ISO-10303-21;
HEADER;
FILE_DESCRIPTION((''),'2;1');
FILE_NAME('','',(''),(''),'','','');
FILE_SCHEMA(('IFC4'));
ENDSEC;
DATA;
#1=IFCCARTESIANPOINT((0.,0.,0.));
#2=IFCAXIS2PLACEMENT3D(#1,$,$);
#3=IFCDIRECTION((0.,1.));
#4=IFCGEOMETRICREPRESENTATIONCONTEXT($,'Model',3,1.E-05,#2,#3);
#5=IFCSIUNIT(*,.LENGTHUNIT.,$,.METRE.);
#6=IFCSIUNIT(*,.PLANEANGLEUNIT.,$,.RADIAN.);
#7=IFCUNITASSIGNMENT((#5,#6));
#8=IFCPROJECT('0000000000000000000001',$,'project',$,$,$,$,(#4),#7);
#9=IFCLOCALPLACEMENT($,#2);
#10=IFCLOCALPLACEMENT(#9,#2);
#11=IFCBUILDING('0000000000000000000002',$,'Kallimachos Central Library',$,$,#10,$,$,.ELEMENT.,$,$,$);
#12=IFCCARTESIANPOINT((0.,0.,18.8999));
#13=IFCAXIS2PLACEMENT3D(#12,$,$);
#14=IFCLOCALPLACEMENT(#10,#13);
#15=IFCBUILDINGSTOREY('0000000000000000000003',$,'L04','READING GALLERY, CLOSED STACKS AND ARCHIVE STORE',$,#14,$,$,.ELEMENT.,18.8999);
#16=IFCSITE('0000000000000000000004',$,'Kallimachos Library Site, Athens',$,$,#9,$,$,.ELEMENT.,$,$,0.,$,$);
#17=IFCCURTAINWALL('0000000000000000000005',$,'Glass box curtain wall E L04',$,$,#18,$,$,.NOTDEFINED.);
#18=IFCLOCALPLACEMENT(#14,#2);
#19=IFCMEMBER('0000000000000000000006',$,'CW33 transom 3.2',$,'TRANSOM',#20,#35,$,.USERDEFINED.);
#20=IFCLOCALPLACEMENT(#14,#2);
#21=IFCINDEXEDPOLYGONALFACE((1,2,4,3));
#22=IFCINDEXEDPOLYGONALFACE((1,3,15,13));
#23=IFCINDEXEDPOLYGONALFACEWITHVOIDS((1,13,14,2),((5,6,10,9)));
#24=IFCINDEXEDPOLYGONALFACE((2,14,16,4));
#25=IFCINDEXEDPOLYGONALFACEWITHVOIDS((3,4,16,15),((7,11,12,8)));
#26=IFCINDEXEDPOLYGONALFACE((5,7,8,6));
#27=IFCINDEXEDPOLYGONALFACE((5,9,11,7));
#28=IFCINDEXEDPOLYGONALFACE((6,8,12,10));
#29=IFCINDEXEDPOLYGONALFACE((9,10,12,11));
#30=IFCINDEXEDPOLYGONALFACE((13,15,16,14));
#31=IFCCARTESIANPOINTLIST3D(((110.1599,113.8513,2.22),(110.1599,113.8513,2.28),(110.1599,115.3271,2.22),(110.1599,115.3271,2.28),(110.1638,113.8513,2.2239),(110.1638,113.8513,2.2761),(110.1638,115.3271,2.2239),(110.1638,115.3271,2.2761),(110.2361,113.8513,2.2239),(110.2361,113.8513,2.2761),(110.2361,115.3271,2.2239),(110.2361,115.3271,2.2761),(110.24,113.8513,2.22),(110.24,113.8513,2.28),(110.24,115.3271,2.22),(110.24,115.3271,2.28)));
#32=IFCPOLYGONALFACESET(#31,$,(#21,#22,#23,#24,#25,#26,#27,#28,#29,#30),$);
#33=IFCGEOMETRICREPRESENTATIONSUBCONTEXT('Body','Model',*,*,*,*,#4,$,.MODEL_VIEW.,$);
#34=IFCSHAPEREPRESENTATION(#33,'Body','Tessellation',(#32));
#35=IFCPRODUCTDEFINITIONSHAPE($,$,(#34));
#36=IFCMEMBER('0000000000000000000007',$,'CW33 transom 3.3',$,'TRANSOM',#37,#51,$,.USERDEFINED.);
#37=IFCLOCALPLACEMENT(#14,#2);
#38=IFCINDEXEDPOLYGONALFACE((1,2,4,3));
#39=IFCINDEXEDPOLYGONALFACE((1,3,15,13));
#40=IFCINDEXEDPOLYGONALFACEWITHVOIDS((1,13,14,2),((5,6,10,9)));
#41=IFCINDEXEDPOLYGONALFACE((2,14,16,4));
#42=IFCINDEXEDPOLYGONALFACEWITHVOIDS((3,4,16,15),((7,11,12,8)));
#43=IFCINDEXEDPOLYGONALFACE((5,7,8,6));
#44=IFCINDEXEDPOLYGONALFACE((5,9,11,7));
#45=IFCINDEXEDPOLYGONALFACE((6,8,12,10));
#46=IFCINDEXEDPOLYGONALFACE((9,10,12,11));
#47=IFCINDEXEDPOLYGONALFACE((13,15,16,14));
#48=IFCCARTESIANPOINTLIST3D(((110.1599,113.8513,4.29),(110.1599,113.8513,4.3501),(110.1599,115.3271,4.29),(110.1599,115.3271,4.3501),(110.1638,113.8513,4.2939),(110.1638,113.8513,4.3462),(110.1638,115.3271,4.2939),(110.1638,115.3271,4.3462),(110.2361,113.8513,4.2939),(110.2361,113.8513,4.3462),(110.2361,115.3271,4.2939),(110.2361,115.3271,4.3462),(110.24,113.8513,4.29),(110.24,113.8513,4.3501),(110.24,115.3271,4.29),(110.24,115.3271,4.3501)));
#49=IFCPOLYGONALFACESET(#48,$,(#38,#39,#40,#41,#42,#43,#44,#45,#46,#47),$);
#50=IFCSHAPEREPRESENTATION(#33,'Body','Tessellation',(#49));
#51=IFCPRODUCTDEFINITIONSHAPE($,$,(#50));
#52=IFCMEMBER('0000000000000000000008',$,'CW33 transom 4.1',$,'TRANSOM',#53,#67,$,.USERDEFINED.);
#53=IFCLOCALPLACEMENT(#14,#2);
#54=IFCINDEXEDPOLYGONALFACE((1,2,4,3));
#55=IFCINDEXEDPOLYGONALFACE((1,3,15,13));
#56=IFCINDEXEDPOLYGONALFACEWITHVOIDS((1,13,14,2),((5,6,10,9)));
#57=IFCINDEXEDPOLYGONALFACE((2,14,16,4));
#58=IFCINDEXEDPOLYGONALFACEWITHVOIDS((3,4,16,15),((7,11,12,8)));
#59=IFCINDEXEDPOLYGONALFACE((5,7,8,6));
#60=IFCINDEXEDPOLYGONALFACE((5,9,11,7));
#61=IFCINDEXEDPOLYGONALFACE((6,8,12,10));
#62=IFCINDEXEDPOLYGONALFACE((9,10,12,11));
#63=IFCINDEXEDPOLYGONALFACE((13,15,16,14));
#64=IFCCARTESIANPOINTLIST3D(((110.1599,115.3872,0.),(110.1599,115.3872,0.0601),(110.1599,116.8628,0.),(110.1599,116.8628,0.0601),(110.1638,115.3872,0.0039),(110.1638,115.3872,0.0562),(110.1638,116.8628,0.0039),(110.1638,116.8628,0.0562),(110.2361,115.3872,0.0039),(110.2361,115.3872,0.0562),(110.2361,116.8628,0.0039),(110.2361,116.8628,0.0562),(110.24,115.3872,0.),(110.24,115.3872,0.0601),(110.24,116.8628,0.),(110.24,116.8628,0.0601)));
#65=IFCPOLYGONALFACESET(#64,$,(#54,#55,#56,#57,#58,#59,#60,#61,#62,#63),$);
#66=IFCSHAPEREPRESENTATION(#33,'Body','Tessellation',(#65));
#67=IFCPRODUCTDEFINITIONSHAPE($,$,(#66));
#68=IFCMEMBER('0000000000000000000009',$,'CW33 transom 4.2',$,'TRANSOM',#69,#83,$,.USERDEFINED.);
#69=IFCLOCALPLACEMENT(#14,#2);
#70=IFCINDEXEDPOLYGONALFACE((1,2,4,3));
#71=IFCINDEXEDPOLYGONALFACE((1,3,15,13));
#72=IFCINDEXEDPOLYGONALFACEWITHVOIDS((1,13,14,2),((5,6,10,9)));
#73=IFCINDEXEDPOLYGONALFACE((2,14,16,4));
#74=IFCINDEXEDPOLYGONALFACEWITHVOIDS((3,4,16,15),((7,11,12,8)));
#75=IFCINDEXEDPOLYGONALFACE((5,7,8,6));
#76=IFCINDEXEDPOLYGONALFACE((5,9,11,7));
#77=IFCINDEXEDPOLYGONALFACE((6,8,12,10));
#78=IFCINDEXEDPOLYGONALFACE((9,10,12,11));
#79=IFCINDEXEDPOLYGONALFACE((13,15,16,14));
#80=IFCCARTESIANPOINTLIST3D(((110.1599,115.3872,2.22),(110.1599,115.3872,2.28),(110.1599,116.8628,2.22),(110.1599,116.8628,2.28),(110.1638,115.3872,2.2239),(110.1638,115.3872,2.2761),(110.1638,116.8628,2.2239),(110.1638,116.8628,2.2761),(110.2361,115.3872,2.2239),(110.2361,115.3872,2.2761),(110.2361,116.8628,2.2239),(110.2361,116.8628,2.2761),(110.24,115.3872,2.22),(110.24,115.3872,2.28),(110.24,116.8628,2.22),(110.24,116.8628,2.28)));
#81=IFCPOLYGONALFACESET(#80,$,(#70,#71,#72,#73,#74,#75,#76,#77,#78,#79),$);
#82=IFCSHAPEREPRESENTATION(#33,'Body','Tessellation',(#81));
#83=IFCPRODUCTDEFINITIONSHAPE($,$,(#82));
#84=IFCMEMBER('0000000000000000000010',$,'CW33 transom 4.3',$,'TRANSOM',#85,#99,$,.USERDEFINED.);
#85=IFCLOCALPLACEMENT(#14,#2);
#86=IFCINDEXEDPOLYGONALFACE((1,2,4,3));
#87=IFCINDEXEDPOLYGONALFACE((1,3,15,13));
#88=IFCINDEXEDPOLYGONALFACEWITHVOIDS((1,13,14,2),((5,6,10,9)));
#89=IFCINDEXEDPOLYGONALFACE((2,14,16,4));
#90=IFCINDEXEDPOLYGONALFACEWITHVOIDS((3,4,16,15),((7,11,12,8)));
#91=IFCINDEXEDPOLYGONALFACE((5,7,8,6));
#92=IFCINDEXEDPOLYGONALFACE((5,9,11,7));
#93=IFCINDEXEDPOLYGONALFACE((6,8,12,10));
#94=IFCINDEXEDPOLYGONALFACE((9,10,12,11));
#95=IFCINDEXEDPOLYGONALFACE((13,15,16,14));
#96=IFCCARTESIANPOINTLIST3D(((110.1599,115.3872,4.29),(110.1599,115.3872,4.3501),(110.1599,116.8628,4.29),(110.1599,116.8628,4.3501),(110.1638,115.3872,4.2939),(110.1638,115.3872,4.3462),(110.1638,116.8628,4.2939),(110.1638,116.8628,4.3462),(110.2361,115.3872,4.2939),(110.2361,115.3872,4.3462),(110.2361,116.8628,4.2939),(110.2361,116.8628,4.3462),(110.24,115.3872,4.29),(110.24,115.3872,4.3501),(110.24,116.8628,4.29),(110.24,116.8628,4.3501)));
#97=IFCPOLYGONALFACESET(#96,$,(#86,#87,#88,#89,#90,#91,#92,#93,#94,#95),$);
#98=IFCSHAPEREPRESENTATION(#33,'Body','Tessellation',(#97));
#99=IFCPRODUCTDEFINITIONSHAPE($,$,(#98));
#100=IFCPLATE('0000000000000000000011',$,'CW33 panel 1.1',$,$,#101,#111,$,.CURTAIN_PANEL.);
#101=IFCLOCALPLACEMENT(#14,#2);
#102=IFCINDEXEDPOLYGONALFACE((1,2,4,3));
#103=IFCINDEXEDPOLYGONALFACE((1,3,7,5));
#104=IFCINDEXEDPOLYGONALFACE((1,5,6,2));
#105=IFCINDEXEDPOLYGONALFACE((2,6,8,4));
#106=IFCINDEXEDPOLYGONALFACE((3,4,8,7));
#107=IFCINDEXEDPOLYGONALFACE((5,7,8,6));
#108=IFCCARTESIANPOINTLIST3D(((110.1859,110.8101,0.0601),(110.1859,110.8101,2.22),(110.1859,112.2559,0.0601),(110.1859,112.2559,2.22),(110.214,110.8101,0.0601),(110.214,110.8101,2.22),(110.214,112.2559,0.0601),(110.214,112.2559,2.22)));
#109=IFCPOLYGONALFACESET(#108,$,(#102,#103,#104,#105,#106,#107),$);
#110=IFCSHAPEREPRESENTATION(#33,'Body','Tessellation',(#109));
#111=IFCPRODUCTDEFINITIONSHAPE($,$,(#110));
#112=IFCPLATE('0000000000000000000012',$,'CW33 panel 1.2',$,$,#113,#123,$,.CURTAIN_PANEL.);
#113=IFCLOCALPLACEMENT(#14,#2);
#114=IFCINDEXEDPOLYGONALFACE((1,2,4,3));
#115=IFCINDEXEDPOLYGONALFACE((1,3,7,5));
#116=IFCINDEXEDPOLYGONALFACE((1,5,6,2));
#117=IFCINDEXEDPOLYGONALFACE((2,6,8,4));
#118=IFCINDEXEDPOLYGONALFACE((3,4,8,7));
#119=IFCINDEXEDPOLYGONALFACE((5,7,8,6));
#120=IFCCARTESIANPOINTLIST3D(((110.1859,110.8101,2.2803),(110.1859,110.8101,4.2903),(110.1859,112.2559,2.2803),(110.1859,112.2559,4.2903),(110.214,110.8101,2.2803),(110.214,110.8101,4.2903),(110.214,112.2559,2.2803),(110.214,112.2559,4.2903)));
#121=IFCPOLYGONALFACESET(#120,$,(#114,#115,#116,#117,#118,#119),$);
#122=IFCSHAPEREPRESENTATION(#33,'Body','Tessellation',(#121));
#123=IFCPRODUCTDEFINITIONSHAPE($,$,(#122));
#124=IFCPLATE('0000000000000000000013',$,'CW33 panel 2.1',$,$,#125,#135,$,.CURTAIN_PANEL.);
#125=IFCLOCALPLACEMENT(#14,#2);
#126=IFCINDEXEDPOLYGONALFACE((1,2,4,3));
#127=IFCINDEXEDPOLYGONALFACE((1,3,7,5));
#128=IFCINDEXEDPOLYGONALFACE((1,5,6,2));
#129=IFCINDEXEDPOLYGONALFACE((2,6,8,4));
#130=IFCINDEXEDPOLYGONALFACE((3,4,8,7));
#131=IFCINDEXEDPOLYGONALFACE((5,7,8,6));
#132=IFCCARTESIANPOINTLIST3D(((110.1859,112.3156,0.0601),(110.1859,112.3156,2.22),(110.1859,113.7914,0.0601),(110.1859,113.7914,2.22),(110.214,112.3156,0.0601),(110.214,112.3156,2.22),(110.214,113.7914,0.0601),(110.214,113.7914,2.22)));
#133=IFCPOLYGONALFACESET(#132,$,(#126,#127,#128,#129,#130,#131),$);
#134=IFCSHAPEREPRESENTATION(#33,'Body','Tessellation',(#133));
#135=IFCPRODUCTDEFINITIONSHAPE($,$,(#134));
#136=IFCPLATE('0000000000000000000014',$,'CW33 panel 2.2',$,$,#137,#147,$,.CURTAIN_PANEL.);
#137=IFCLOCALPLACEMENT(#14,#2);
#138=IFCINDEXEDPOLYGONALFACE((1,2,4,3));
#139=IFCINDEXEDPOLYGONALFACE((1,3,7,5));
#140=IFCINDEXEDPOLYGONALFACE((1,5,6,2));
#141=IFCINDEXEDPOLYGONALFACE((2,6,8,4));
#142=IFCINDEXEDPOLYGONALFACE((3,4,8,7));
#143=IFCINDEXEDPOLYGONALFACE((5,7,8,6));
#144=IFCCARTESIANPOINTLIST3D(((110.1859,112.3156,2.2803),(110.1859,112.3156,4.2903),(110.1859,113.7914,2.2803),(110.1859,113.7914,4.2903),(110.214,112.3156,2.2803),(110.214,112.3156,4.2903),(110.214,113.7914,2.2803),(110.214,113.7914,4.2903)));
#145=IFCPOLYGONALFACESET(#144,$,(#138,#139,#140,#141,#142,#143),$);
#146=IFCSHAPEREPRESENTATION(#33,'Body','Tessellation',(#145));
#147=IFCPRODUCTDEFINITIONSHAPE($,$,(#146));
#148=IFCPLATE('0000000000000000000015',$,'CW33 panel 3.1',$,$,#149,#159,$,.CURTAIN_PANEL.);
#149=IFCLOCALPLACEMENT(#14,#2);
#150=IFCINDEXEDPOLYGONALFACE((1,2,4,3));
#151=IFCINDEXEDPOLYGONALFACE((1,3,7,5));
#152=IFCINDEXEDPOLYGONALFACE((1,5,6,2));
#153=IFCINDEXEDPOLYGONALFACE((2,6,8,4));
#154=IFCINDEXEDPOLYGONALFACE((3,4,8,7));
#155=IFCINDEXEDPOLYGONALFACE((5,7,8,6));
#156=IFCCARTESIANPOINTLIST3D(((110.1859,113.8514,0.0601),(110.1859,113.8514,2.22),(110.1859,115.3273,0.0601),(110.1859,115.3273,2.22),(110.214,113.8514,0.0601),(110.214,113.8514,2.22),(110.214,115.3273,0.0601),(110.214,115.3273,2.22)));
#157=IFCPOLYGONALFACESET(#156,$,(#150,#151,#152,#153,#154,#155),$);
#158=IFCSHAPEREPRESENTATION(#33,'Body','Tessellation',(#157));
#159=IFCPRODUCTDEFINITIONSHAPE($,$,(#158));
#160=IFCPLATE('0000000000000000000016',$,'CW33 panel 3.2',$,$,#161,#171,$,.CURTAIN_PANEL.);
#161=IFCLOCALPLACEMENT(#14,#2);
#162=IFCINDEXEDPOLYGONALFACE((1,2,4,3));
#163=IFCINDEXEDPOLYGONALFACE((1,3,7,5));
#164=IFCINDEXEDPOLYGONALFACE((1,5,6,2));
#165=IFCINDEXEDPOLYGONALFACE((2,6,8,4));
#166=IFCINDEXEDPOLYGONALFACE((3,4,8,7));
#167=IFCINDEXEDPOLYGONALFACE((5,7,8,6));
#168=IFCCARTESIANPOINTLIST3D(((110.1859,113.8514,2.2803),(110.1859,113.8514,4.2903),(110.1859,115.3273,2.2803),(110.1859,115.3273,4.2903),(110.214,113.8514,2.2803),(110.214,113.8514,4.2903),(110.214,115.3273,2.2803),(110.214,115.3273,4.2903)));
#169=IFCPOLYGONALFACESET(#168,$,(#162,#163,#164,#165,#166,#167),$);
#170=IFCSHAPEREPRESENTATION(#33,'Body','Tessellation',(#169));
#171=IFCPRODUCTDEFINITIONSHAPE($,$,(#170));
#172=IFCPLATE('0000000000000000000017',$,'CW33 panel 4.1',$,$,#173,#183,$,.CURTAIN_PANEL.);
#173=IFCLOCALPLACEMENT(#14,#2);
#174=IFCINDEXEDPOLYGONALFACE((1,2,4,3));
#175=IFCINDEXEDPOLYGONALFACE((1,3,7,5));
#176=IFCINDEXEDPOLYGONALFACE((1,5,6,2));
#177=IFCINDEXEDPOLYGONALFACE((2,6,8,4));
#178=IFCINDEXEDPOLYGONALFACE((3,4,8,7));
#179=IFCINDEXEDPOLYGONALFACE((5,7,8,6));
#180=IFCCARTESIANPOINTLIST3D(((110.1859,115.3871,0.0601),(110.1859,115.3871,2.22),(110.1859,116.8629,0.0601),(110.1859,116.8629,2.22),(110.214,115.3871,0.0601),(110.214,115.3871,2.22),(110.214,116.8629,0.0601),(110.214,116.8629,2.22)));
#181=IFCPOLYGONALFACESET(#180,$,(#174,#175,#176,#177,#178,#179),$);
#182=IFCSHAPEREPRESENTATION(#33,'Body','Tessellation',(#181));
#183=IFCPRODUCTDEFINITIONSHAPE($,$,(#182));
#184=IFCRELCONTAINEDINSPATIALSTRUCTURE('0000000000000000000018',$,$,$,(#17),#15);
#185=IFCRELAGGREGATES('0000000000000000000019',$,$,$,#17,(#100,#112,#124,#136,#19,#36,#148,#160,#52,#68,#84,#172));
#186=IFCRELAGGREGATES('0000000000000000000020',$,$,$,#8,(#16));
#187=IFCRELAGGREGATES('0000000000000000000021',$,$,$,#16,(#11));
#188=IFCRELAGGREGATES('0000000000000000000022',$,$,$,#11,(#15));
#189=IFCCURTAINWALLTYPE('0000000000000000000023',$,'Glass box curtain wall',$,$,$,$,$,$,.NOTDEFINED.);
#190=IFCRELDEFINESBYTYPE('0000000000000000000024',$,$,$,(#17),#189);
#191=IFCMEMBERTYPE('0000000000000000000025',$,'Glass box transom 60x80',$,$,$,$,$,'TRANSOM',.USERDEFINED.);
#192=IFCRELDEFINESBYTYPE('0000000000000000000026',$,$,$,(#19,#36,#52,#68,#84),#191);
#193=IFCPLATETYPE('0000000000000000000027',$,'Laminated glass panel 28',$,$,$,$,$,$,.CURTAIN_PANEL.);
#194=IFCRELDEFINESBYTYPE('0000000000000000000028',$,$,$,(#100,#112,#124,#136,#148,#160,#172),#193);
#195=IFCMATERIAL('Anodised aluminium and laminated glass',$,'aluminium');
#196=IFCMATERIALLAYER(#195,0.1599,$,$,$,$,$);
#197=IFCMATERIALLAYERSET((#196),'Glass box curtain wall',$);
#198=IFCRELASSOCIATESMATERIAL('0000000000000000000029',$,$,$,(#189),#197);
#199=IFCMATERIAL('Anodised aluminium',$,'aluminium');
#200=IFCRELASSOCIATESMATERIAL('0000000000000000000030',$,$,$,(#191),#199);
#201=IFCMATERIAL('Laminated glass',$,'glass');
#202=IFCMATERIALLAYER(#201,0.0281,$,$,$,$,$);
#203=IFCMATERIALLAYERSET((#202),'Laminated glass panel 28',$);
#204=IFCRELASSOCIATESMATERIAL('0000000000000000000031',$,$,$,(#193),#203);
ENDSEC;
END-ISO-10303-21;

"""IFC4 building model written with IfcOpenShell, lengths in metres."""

from ifc_helpers import new_model, si_unit, direction, frame, origin, origin_2d, place, context, subcontext, project, spatial, rectangle, hollow_rectangle, extrude, material, layer, layer_set, material_profile, profile_set, type_object, element, aggregate, save


model = new_model("IFC4")

# Units and contexts
model_context = context("Model", 3, precision=1e-05, world=origin(), true_north=direction((0.0, 1.0)))
body_context = subcontext(model_context, "Body", "Model", "MODEL_VIEW")
ifc_project = project(units=[si_unit("LENGTHUNIT", "METRE"), si_unit("PLANEANGLEUNIT", "RADIAN")], contexts=[model_context])

# Site, building, storey
site_placement = place(None, origin())
site = spatial("IfcSite", under=ifc_project, at=site_placement, Name="Kallimachos Library Site, Athens", CompositionType="ELEMENT", RefElevation=0.0)
building_placement = place(site_placement, origin())
building = spatial("IfcBuilding", under=site, at=building_placement, Name="Kallimachos Central Library", CompositionType="ELEMENT")
storey_placement = place(building_placement, frame((0.0, 0.0, 18.8999)))
storey = spatial("IfcBuildingStorey", under=building, at=storey_placement, Name="L04", Description="READING GALLERY, CLOSED STACKS AND ARCHIVE STORE", CompositionType="ELEMENT", Elevation=18.8999)

# Curtain wall, members, plates
ifc_material_1 = material(Name="Anodised aluminium and laminated glass", Category="aluminium")
ifc_layer_1 = layer(ifc_material_1, 0.1599)
ifc_layer_set_1 = layer_set([ifc_layer_1], Name="Glass box curtain wall")
curtain_wall_type = type_object("IfcCurtainWallType", Name="Glass box curtain wall", PredefinedType="NOTDEFINED", material=ifc_layer_set_1)
curtain_wall_placement = place(storey_placement, origin())
curtain_wall = element("IfcCurtainWall", 1, at=curtain_wall_placement, inside=storey, type_object=curtain_wall_type, Name="Glass box curtain wall E L04", PredefinedType="NOTDEFINED")
ifc_material_2 = material(Name="Anodised aluminium", Category="aluminium")
ifc_material_profile_1 = material_profile(ifc_material_2, hollow_rectangle(XDim=0.0601, YDim=0.0801, WallThickness=0.0039, at=origin_2d()), Name="ALU TRANSOM 60x80")
ifc_profile_set_1 = profile_set([ifc_material_profile_1], Name="Anodised aluminium")
member_type_1 = type_object("IfcMemberType", Name="Glass box transom 60x80", ElementType="TRANSOM", PredefinedType="USERDEFINED", material=ifc_profile_set_1)
member_1_placement = place(storey_placement, frame((110.2, 113.8513, 2.25), z_axis=(0.0, 1.0, 0.0), x_axis=(0.0, 0.0, 1.0)))
member_1 = element("IfcMember", 2, at=member_1_placement, type_object=member_type_1, Name="CW33 transom 3.2", ObjectType="TRANSOM", PredefinedType="USERDEFINED", context=body_context, shape_type="SweptSolid", body=[
    extrude(hollow_rectangle(XDim=0.0601, YDim=0.0801, WallThickness=0.0039, at=origin_2d()), origin(), (0.0, 0.0, 1.0), 1.4758),
])
member_2_placement = place(storey_placement, frame((110.2, 113.8513, 4.3201), z_axis=(0.0, 1.0, 0.0), x_axis=(0.0, 0.0, 1.0)))
member_2 = element("IfcMember", 3, at=member_2_placement, type_object=member_type_1, Name="CW33 transom 3.3", ObjectType="TRANSOM", PredefinedType="USERDEFINED", context=body_context, shape_type="SweptSolid", body=[
    extrude(hollow_rectangle(XDim=0.0601, YDim=0.0801, WallThickness=0.0039, at=origin_2d()), origin(), (0.0, 0.0, 1.0), 1.4758),
])
member_3_placement = place(storey_placement, frame((110.2, 115.3872, 0.03), z_axis=(0.0, 1.0, 0.0), x_axis=(0.0, 0.0, 1.0)))
member_3 = element("IfcMember", 4, at=member_3_placement, type_object=member_type_1, Name="CW33 transom 4.1", ObjectType="TRANSOM", PredefinedType="USERDEFINED", context=body_context, shape_type="SweptSolid", body=[
    extrude(hollow_rectangle(XDim=0.0601, YDim=0.0801, WallThickness=0.0039, at=origin_2d()), origin(), (0.0, 0.0, 1.0), 1.4756),
])
member_4_placement = place(storey_placement, frame((110.2, 115.3872, 2.25), z_axis=(0.0, 1.0, 0.0), x_axis=(0.0, 0.0, 1.0)))
member_4 = element("IfcMember", 5, at=member_4_placement, type_object=member_type_1, Name="CW33 transom 4.2", ObjectType="TRANSOM", PredefinedType="USERDEFINED", context=body_context, shape_type="SweptSolid", body=[
    extrude(hollow_rectangle(XDim=0.0601, YDim=0.0801, WallThickness=0.0039, at=origin_2d()), origin(), (0.0, 0.0, 1.0), 1.4756),
])
member_5_placement = place(storey_placement, frame((110.2, 115.3872, 4.3201), z_axis=(0.0, 1.0, 0.0), x_axis=(0.0, 0.0, 1.0)))
member_5 = element("IfcMember", 6, at=member_5_placement, type_object=member_type_1, Name="CW33 transom 4.3", ObjectType="TRANSOM", PredefinedType="USERDEFINED", context=body_context, shape_type="SweptSolid", body=[
    extrude(hollow_rectangle(XDim=0.0601, YDim=0.0801, WallThickness=0.0039, at=origin_2d()), origin(), (0.0, 0.0, 1.0), 1.4756),
])
ifc_material_3 = material(Name="Laminated glass", Category="glass")
ifc_layer_2 = layer(ifc_material_3, 0.0281)
ifc_layer_set_2 = layer_set([ifc_layer_2], Name="Laminated glass panel 28")
plate_type = type_object("IfcPlateType", Name="Laminated glass panel 28", PredefinedType="CURTAIN_PANEL", material=ifc_layer_set_2)
plate_1_placement = place(storey_placement, frame((110.2, 111.533, 0.0601), z_axis=(0.0, 0.0, 1.0), x_axis=(0.0, 1.0, 0.0)))
plate_1 = element("IfcPlate", 7, at=plate_1_placement, type_object=plate_type, Name="CW33 panel 1.1", PredefinedType="CURTAIN_PANEL", context=body_context, shape_type="SweptSolid", body=[
    extrude(rectangle(XDim=1.4458, YDim=0.0281, at=origin_2d()), origin(), (0.0, 0.0, 1.0), 2.1599),
])
plate_2_placement = place(storey_placement, frame((110.2, 111.533, 2.2803), z_axis=(0.0, 0.0, 1.0), x_axis=(0.0, 1.0, 0.0)))
plate_2 = element("IfcPlate", 8, at=plate_2_placement, type_object=plate_type, Name="CW33 panel 1.2", PredefinedType="CURTAIN_PANEL", context=body_context, shape_type="SweptSolid", body=[
    extrude(rectangle(XDim=1.4458, YDim=0.0281, at=origin_2d()), origin(), (0.0, 0.0, 1.0), 2.01),
])
plate_3_placement = place(storey_placement, frame((110.2, 113.0535, 0.0601), z_axis=(0.0, 0.0, 1.0), x_axis=(0.0, 1.0, 0.0)))
plate_3 = element("IfcPlate", 9, at=plate_3_placement, type_object=plate_type, Name="CW33 panel 2.1", PredefinedType="CURTAIN_PANEL", context=body_context, shape_type="SweptSolid", body=[
    extrude(rectangle(XDim=1.4758, YDim=0.0281, at=origin_2d()), origin(), (0.0, 0.0, 1.0), 2.1599),
])
plate_4_placement = place(storey_placement, frame((110.2, 113.0535, 2.2803), z_axis=(0.0, 0.0, 1.0), x_axis=(0.0, 1.0, 0.0)))
plate_4 = element("IfcPlate", 10, at=plate_4_placement, type_object=plate_type, Name="CW33 panel 2.2", PredefinedType="CURTAIN_PANEL", context=body_context, shape_type="SweptSolid", body=[
    extrude(rectangle(XDim=1.4758, YDim=0.0281, at=origin_2d()), origin(), (0.0, 0.0, 1.0), 2.01),
])
plate_5_placement = place(storey_placement, frame((110.2, 114.5894, 0.0601), z_axis=(0.0, 0.0, 1.0), x_axis=(0.0, 1.0, 0.0)))
plate_5 = element("IfcPlate", 11, at=plate_5_placement, type_object=plate_type, Name="CW33 panel 3.1", PredefinedType="CURTAIN_PANEL", context=body_context, shape_type="SweptSolid", body=[
    extrude(rectangle(XDim=1.4758, YDim=0.0281, at=origin_2d()), origin(), (0.0, 0.0, 1.0), 2.1599),
])
plate_6_placement = place(storey_placement, frame((110.2, 114.5894, 2.2803), z_axis=(0.0, 0.0, 1.0), x_axis=(0.0, 1.0, 0.0)))
plate_6 = element("IfcPlate", 12, at=plate_6_placement, type_object=plate_type, Name="CW33 panel 3.2", PredefinedType="CURTAIN_PANEL", context=body_context, shape_type="SweptSolid", body=[
    extrude(rectangle(XDim=1.4758, YDim=0.0281, at=origin_2d()), origin(), (0.0, 0.0, 1.0), 2.01),
])
plate_7_placement = place(storey_placement, frame((110.2, 116.125, 0.0601), z_axis=(0.0, 0.0, 1.0), x_axis=(0.0, 1.0, 0.0)))
plate_7 = element("IfcPlate", 13, at=plate_7_placement, type_object=plate_type, Name="CW33 panel 4.1", PredefinedType="CURTAIN_PANEL", context=body_context, shape_type="SweptSolid", body=[
    extrude(rectangle(XDim=1.4758, YDim=0.0281, at=origin_2d()), origin(), (0.0, 0.0, 1.0), 2.1599),
])
aggregate(curtain_wall, [plate_1, plate_2, plate_3, plate_4, member_1, member_2, plate_5, plate_6, member_3, member_4, member_5, plate_7])

save(model, "model.ifc")
